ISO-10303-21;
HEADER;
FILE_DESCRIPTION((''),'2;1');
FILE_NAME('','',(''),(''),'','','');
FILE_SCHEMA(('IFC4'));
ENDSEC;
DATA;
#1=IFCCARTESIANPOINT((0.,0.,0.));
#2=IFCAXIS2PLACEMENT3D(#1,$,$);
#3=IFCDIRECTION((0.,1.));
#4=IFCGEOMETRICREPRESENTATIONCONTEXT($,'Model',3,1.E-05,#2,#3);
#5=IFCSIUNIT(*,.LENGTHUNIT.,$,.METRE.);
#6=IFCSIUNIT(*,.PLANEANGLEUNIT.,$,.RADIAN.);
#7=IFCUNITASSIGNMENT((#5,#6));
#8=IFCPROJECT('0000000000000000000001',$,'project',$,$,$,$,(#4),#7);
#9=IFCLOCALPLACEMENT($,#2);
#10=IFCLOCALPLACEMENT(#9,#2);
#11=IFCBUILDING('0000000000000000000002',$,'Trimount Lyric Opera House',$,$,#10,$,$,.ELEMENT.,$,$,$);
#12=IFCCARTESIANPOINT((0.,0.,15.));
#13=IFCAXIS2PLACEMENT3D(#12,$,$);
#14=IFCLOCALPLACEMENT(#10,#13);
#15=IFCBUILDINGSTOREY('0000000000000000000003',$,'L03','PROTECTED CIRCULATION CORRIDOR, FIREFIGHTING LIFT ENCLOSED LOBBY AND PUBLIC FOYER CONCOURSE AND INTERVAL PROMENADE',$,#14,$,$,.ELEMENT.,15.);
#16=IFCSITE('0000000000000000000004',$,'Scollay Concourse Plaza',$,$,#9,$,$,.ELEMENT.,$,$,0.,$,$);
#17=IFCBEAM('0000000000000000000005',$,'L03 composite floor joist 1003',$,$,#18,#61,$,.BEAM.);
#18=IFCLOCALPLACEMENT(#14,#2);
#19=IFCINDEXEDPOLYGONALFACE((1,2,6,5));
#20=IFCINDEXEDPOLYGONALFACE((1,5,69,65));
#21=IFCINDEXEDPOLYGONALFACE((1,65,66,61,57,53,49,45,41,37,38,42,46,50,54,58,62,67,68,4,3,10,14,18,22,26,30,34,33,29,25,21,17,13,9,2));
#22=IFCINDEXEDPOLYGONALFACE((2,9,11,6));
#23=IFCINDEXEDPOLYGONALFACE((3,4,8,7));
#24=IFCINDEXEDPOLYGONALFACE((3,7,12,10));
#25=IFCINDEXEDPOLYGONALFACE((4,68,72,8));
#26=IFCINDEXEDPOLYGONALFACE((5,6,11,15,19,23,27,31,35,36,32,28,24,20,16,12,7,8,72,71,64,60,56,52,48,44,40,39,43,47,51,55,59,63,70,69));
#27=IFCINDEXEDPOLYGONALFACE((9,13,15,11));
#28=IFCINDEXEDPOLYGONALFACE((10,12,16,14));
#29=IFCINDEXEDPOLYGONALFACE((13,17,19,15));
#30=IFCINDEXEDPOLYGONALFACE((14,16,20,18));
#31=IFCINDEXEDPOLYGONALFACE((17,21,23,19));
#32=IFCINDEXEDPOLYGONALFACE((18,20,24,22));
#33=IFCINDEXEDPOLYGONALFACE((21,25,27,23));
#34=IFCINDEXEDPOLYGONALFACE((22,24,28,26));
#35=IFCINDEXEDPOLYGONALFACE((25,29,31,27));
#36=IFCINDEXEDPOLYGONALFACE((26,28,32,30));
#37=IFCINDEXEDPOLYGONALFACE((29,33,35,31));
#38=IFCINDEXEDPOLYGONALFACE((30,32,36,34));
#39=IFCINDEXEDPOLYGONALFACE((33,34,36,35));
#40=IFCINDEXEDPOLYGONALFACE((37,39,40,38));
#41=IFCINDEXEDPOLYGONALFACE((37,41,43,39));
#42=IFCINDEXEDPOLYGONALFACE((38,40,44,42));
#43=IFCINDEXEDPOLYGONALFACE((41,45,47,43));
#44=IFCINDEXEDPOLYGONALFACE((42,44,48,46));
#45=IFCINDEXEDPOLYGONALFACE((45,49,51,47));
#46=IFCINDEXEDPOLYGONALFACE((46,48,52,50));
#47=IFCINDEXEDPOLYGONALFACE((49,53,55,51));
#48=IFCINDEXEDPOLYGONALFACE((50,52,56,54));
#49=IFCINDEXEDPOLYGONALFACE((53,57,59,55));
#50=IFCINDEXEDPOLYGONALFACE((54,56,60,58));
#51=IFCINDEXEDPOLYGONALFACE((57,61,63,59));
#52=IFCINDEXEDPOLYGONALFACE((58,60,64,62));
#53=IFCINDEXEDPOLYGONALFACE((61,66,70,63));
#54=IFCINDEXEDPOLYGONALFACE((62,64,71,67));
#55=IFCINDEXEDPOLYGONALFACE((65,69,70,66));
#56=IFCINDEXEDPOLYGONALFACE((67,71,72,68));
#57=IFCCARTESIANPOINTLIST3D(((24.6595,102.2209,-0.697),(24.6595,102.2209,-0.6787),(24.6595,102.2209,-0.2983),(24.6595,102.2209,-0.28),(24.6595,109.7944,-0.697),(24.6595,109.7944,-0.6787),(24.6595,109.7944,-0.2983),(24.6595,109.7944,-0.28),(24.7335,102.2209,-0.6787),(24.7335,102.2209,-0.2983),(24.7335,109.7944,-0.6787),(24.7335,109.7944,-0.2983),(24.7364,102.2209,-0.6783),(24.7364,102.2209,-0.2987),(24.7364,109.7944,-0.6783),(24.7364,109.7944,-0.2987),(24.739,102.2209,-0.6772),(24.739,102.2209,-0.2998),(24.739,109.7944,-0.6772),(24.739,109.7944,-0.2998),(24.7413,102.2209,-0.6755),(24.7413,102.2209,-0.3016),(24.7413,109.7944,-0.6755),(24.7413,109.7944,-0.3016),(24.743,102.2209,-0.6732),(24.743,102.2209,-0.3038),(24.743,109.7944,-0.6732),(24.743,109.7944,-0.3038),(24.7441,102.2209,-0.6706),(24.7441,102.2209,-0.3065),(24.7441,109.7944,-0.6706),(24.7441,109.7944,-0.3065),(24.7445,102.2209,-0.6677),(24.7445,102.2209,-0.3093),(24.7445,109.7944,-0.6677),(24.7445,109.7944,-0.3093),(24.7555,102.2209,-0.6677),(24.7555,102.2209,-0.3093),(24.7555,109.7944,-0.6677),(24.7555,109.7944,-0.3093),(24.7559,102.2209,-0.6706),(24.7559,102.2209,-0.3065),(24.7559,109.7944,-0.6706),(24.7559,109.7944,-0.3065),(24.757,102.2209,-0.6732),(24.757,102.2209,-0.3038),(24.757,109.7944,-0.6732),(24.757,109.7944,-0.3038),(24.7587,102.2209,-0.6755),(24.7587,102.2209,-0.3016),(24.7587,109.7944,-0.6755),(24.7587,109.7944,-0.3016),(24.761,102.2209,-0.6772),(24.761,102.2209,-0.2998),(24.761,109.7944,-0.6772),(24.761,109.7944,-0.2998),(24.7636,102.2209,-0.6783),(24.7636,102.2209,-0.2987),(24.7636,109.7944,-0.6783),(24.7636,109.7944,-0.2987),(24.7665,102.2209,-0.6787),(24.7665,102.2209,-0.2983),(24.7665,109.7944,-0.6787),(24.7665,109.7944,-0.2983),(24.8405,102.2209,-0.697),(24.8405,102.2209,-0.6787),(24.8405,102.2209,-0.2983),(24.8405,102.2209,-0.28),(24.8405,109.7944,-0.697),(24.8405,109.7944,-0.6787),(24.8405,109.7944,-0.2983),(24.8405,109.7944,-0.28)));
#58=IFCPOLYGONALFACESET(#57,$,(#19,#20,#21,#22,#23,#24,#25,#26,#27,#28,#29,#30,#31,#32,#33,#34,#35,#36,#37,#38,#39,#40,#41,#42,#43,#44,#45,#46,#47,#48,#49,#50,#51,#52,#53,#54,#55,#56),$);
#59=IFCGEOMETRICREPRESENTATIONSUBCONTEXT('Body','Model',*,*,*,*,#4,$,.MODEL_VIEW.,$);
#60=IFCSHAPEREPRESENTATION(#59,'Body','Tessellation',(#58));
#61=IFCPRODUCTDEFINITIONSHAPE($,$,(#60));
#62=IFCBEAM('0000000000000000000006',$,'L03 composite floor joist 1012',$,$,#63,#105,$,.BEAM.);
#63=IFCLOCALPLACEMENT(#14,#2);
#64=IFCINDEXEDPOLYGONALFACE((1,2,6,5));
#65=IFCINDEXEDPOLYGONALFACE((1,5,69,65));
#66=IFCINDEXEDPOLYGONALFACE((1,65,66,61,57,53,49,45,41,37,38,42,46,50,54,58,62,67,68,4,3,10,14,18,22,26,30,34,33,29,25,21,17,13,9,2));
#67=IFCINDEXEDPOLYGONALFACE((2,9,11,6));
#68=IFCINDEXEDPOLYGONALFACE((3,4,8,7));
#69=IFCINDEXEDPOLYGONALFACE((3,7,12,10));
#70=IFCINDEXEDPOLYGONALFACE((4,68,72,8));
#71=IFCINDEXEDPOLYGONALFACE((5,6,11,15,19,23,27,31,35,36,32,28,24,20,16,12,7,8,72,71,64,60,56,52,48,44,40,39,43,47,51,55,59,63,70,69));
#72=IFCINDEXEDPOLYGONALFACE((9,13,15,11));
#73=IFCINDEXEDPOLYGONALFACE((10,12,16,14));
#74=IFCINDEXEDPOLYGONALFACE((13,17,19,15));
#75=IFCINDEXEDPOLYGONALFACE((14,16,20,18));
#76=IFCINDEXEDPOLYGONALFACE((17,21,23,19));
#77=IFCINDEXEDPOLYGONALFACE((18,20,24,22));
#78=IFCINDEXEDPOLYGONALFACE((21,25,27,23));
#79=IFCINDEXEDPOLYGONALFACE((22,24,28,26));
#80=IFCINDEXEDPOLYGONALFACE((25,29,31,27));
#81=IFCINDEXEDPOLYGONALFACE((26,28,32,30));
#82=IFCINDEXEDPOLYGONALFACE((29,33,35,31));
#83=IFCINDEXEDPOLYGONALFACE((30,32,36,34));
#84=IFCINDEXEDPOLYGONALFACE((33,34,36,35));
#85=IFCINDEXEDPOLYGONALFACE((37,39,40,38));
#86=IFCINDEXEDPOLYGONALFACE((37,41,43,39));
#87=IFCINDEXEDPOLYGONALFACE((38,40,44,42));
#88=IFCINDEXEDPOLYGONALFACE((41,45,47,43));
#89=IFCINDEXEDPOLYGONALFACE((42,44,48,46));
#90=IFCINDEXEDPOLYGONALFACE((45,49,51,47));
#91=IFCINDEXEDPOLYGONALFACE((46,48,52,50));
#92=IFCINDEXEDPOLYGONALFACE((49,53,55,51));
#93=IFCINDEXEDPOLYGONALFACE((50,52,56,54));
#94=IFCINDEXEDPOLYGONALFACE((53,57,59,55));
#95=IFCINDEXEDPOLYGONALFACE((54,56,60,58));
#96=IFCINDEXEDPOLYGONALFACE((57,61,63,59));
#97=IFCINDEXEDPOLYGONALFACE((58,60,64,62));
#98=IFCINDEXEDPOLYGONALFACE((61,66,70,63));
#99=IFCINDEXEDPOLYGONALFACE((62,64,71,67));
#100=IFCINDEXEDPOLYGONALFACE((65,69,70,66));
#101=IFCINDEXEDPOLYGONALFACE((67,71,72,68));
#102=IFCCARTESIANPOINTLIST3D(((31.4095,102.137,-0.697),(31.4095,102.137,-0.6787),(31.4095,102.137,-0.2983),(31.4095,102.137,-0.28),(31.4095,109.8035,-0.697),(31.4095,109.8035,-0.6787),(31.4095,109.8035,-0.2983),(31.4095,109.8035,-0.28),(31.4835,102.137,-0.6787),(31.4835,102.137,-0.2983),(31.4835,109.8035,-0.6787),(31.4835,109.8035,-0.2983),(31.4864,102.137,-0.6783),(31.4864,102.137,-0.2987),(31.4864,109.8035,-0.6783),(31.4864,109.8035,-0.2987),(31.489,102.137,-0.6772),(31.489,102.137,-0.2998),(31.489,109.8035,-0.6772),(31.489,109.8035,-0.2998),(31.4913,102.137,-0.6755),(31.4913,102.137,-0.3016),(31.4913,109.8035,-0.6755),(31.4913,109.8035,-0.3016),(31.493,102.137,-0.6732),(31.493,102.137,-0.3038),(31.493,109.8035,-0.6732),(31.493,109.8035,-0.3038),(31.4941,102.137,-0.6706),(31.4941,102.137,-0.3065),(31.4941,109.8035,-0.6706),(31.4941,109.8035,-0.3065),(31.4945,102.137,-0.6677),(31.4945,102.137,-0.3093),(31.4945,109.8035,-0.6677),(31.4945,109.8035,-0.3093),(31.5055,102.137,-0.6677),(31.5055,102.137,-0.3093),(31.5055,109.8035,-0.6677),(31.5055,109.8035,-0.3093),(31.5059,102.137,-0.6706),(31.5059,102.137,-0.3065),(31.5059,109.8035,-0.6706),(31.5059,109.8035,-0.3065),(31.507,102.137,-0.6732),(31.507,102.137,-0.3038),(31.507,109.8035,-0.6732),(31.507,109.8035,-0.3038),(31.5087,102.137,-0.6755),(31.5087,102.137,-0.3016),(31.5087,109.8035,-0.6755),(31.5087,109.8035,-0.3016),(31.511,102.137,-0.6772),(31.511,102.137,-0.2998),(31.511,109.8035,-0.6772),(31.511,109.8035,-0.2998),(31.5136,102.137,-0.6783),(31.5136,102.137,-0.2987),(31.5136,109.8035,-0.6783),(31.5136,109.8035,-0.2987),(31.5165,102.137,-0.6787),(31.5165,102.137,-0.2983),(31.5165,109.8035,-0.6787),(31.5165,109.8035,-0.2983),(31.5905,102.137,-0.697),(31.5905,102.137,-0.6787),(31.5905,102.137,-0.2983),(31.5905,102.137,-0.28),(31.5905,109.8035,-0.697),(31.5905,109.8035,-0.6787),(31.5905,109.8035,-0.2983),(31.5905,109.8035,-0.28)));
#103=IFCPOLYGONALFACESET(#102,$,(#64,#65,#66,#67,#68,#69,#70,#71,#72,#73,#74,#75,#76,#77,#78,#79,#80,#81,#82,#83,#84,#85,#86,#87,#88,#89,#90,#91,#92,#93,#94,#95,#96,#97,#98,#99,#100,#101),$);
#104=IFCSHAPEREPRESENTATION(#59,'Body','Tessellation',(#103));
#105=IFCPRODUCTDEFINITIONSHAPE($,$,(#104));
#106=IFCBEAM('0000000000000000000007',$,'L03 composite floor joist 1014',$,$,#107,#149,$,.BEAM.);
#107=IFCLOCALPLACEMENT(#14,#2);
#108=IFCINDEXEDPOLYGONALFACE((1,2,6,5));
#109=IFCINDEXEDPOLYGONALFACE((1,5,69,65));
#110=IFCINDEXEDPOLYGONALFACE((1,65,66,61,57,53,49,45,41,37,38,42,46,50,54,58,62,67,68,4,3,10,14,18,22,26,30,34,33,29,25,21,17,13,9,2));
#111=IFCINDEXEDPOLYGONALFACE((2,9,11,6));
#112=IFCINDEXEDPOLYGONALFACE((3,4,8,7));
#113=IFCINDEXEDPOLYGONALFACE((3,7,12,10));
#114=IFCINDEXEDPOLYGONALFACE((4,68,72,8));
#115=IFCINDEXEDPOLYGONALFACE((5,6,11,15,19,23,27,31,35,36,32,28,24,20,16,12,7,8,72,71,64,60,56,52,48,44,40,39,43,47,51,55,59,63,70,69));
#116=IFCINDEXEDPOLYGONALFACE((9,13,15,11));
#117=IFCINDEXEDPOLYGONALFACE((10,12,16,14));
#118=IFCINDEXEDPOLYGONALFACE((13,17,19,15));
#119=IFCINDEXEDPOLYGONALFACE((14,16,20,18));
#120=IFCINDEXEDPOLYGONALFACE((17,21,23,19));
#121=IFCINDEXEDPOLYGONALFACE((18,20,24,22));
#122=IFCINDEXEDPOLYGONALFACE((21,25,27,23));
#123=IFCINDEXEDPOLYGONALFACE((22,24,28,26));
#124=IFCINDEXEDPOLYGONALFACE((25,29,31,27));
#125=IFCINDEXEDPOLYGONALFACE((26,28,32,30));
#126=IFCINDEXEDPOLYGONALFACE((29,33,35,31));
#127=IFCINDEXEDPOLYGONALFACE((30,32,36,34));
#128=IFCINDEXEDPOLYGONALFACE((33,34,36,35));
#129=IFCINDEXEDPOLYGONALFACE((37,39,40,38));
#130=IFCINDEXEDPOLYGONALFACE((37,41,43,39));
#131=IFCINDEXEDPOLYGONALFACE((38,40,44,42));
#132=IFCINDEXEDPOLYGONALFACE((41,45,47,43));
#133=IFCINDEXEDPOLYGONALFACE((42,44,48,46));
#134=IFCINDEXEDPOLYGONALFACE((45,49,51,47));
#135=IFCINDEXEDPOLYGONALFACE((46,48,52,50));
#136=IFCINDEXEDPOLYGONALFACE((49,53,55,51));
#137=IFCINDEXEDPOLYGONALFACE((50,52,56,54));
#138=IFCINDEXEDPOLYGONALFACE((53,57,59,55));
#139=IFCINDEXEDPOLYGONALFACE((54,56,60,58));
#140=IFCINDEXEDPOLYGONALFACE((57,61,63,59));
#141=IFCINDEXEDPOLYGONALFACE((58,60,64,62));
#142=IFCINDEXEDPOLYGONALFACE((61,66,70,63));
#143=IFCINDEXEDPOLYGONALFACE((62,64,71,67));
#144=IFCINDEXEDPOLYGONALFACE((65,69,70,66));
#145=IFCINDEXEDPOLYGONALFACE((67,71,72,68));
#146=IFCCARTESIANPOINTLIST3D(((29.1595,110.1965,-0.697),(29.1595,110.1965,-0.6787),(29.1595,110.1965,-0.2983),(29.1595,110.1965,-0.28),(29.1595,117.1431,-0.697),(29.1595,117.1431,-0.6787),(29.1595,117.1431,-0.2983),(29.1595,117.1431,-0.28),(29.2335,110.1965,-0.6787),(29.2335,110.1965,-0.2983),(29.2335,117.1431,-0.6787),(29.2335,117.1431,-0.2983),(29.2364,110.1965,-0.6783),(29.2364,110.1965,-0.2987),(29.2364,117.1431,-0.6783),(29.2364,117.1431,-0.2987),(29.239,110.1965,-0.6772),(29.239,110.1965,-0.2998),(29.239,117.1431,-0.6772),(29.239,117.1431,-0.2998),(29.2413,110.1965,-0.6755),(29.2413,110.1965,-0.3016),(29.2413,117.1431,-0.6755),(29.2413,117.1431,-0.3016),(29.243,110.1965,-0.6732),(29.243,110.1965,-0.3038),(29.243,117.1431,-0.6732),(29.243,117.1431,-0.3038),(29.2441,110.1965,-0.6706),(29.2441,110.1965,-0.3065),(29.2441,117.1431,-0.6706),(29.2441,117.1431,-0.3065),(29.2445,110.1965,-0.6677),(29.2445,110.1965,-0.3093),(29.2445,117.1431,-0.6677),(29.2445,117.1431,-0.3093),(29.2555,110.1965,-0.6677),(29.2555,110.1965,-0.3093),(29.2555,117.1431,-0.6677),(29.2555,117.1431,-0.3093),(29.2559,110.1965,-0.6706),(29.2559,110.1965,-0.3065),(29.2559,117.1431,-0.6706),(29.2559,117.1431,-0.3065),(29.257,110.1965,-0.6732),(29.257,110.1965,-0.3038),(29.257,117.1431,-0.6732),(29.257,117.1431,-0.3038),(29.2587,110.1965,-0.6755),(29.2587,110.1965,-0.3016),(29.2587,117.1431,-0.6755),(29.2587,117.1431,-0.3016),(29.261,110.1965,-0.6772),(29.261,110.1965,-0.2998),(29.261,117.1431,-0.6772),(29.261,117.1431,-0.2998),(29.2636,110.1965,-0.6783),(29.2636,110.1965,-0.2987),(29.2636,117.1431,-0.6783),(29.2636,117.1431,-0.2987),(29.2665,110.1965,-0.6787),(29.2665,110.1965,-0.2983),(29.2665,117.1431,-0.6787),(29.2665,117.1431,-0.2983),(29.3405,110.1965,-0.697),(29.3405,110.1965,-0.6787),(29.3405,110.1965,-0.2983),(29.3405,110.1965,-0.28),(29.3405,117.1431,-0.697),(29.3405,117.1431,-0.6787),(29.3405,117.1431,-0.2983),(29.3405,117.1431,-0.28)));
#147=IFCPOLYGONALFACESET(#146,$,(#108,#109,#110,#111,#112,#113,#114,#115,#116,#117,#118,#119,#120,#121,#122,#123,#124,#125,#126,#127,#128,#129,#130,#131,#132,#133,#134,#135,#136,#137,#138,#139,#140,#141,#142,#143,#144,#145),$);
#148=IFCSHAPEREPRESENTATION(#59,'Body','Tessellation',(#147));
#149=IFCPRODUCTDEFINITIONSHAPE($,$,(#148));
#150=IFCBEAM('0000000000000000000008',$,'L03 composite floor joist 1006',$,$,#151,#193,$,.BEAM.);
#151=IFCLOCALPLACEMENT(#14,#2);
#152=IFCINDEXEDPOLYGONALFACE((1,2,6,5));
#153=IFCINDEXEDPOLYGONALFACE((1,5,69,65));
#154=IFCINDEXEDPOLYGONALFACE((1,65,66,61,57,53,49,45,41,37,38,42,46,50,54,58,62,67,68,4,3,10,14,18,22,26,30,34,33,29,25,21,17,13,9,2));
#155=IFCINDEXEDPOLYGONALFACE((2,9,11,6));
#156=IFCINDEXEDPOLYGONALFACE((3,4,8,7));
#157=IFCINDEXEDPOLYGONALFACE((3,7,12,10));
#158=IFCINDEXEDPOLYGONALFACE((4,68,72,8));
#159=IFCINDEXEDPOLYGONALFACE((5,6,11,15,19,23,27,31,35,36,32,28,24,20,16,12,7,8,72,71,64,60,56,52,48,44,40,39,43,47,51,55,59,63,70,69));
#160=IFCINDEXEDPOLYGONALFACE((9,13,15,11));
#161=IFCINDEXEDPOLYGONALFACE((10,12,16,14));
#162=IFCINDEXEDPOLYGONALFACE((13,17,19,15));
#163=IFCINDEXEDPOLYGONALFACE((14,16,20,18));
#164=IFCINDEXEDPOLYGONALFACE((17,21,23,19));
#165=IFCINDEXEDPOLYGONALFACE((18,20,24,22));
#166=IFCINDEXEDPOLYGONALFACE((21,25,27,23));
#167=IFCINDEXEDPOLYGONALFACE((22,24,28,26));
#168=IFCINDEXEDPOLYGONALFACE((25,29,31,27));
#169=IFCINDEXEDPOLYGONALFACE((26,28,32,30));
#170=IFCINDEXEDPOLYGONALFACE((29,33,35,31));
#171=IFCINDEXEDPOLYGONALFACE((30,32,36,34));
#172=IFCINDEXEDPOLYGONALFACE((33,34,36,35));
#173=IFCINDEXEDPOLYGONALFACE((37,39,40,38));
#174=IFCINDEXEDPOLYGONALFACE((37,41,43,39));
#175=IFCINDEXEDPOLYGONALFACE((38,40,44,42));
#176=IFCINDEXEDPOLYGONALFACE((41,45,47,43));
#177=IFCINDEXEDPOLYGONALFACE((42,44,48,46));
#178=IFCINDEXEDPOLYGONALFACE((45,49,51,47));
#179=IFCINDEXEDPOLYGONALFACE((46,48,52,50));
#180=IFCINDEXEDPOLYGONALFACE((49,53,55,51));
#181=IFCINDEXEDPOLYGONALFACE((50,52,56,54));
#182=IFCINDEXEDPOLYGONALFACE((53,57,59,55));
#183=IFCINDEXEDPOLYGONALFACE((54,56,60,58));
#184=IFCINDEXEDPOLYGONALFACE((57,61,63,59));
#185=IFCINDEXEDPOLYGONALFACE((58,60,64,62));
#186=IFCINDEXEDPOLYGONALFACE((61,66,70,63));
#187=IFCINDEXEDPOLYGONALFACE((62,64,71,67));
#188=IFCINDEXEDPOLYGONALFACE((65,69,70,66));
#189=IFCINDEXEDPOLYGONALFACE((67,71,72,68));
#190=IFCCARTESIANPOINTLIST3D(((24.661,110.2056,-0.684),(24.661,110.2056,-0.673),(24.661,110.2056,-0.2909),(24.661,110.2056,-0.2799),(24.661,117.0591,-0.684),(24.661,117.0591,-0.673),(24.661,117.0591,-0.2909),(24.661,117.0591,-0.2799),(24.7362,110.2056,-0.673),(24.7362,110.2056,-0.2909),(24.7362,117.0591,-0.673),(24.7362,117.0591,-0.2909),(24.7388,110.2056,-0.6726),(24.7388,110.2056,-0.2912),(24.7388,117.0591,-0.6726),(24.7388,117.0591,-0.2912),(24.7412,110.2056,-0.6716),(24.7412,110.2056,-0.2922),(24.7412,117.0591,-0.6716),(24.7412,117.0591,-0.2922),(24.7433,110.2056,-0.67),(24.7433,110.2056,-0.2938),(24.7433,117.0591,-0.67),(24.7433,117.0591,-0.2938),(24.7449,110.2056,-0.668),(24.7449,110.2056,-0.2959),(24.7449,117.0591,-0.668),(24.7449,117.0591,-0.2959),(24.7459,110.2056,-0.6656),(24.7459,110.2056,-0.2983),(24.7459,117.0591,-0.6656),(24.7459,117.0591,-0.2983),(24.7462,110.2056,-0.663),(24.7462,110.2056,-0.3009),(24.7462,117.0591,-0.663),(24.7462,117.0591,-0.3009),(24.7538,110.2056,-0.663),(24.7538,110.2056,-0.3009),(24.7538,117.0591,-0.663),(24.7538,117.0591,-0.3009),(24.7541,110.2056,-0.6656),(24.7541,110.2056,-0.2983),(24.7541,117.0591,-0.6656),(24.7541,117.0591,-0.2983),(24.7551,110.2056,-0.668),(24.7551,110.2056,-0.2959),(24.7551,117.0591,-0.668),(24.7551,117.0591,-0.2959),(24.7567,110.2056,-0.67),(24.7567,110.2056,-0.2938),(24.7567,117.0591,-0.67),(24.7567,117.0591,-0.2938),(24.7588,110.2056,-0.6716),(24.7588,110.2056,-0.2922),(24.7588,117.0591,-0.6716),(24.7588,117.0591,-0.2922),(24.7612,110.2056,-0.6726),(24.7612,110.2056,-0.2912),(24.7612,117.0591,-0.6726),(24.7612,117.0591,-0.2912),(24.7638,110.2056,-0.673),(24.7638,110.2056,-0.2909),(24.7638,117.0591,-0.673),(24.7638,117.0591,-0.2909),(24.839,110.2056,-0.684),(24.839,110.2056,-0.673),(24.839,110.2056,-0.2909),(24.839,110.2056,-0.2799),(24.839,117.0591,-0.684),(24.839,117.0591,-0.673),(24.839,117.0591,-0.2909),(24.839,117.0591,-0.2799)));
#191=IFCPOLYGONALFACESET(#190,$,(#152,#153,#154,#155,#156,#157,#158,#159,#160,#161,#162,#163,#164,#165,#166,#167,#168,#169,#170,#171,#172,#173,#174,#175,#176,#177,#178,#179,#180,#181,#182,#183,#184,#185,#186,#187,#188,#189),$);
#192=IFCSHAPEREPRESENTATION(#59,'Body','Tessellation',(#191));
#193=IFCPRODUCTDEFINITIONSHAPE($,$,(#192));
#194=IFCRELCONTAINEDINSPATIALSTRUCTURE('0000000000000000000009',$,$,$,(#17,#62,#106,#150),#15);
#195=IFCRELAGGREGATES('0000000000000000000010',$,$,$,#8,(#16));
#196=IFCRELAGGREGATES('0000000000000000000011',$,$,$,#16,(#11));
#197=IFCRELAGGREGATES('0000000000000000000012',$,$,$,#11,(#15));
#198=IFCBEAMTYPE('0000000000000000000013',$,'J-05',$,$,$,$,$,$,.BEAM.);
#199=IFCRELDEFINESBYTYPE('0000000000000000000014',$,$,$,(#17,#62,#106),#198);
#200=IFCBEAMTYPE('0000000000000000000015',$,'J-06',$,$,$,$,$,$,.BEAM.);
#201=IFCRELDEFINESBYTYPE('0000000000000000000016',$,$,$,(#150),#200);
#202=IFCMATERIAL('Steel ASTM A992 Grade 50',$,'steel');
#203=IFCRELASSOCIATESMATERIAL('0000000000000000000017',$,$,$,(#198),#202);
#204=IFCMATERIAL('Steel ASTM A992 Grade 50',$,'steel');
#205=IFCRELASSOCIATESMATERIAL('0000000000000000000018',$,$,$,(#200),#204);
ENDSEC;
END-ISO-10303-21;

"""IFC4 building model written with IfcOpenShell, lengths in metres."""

from ifc_helpers import new_model, si_unit, direction, frame, origin, origin_2d, place, context, subcontext, project, spatial, i_section, extrude, material, material_profile, profile_set, type_object, element, save


model = new_model("IFC4")

# Units and contexts
model_context = context("Model", 3, precision=1e-05, world=origin(), true_north=direction((0.0, 1.0)))
body_context = subcontext(model_context, "Body", "Model", "MODEL_VIEW")
ifc_project = project(units=[si_unit("LENGTHUNIT", "METRE"), si_unit("PLANEANGLEUNIT", "RADIAN")], contexts=[model_context])

# Site, building, storey
site_placement = place(None, origin())
site = spatial("IfcSite", under=ifc_project, at=site_placement, Name="Scollay Concourse Plaza", CompositionType="ELEMENT", RefElevation=0.0)
building_placement = place(site_placement, origin())
building = spatial("IfcBuilding", under=site, at=building_placement, Name="Trimount Lyric Opera House", CompositionType="ELEMENT")
storey_placement = place(building_placement, frame((0.0, 0.0, 15.0)))
storey = spatial("IfcBuildingStorey", under=building, at=storey_placement, Name="L03", Description="PROTECTED CIRCULATION CORRIDOR, FIREFIGHTING LIFT ENCLOSED LOBBY AND PUBLIC FOYER CONCOURSE AND INTERVAL PROMENADE", CompositionType="ELEMENT", Elevation=15.0)

# Beams
ifc_material_1 = material(Name="Steel ASTM A992 Grade 50", Category="steel")
ifc_material_profile_1 = material_profile(ifc_material_1, i_section(OverallWidth=0.1809, OverallDepth=0.417, WebThickness=0.011, FlangeThickness=0.0183, FilletRadius=0.011, at=origin_2d()), Name="W16X57")
ifc_profile_set_1 = profile_set([ifc_material_profile_1], Name="Steel ASTM A992 Grade 50")
beam_type_1 = type_object("IfcBeamType", Name="J-05", PredefinedType="BEAM", material=ifc_profile_set_1)
beam_1_placement = place(storey_placement, frame((24.75, 102.2209, -0.4885), z_axis=(0.0, 1.0, 0.0), x_axis=(-1.0, 0.0, 0.0)))
element("IfcBeam", 1, at=beam_1_placement, inside=storey, type_object=beam_type_1, Name="L03 composite floor joist 1003", PredefinedType="BEAM", context=body_context, shape_type="SweptSolid", body=[
    extrude(i_section(OverallWidth=0.1809, OverallDepth=0.417, WebThickness=0.011, FlangeThickness=0.0183, FilletRadius=0.011, at=origin_2d()), origin(), (0.0, 0.0, 1.0), 7.5735),
])
beam_2_placement = place(storey_placement, frame((31.5, 102.137, -0.4885), z_axis=(0.0, 1.0, 0.0), x_axis=(-1.0, 0.0, 0.0)))
element("IfcBeam", 2, at=beam_2_placement, inside=storey, type_object=beam_type_1, Name="L03 composite floor joist 1012", PredefinedType="BEAM", context=body_context, shape_type="SweptSolid", body=[
    extrude(i_section(OverallWidth=0.1809, OverallDepth=0.417, WebThickness=0.011, FlangeThickness=0.0183, FilletRadius=0.011, at=origin_2d()), origin(), (0.0, 0.0, 1.0), 7.6665),
])
beam_3_placement = place(storey_placement, frame((29.25, 110.1965, -0.4885), z_axis=(0.0, 1.0, 0.0), x_axis=(-1.0, 0.0, 0.0)))
element("IfcBeam", 3, at=beam_3_placement, inside=storey, type_object=beam_type_1, Name="L03 composite floor joist 1014", PredefinedType="BEAM", context=body_context, shape_type="SweptSolid", body=[
    extrude(i_section(OverallWidth=0.1809, OverallDepth=0.417, WebThickness=0.011, FlangeThickness=0.0183, FilletRadius=0.011, at=origin_2d()), origin(), (0.0, 0.0, 1.0), 6.9465),
])
ifc_material_2 = material(Name="Steel ASTM A992 Grade 50", Category="steel")
ifc_material_profile_2 = material_profile(ifc_material_2, i_section(OverallWidth=0.178, OverallDepth=0.4041, WebThickness=0.0076, FlangeThickness=0.011, FilletRadius=0.01, at=origin_2d()), Name="W16X36")
ifc_profile_set_2 = profile_set([ifc_material_profile_2], Name="Steel ASTM A992 Grade 50")
beam_type_2 = type_object("IfcBeamType", Name="J-06", PredefinedType="BEAM", material=ifc_profile_set_2)
beam_4_placement = place(storey_placement, frame((24.75, 110.2056, -0.4819), z_axis=(0.0, 1.0, 0.0), x_axis=(-1.0, 0.0, 0.0)))
element("IfcBeam", 4, at=beam_4_placement, inside=storey, type_object=beam_type_2, Name="L03 composite floor joist 1006", PredefinedType="BEAM", context=body_context, shape_type="SweptSolid", body=[
    extrude(i_section(OverallWidth=0.178, OverallDepth=0.4041, WebThickness=0.0076, FlangeThickness=0.011, FilletRadius=0.01, at=origin_2d()), origin(), (0.0, 0.0, 1.0), 6.8535),
])

save(model, "model.ifc")
